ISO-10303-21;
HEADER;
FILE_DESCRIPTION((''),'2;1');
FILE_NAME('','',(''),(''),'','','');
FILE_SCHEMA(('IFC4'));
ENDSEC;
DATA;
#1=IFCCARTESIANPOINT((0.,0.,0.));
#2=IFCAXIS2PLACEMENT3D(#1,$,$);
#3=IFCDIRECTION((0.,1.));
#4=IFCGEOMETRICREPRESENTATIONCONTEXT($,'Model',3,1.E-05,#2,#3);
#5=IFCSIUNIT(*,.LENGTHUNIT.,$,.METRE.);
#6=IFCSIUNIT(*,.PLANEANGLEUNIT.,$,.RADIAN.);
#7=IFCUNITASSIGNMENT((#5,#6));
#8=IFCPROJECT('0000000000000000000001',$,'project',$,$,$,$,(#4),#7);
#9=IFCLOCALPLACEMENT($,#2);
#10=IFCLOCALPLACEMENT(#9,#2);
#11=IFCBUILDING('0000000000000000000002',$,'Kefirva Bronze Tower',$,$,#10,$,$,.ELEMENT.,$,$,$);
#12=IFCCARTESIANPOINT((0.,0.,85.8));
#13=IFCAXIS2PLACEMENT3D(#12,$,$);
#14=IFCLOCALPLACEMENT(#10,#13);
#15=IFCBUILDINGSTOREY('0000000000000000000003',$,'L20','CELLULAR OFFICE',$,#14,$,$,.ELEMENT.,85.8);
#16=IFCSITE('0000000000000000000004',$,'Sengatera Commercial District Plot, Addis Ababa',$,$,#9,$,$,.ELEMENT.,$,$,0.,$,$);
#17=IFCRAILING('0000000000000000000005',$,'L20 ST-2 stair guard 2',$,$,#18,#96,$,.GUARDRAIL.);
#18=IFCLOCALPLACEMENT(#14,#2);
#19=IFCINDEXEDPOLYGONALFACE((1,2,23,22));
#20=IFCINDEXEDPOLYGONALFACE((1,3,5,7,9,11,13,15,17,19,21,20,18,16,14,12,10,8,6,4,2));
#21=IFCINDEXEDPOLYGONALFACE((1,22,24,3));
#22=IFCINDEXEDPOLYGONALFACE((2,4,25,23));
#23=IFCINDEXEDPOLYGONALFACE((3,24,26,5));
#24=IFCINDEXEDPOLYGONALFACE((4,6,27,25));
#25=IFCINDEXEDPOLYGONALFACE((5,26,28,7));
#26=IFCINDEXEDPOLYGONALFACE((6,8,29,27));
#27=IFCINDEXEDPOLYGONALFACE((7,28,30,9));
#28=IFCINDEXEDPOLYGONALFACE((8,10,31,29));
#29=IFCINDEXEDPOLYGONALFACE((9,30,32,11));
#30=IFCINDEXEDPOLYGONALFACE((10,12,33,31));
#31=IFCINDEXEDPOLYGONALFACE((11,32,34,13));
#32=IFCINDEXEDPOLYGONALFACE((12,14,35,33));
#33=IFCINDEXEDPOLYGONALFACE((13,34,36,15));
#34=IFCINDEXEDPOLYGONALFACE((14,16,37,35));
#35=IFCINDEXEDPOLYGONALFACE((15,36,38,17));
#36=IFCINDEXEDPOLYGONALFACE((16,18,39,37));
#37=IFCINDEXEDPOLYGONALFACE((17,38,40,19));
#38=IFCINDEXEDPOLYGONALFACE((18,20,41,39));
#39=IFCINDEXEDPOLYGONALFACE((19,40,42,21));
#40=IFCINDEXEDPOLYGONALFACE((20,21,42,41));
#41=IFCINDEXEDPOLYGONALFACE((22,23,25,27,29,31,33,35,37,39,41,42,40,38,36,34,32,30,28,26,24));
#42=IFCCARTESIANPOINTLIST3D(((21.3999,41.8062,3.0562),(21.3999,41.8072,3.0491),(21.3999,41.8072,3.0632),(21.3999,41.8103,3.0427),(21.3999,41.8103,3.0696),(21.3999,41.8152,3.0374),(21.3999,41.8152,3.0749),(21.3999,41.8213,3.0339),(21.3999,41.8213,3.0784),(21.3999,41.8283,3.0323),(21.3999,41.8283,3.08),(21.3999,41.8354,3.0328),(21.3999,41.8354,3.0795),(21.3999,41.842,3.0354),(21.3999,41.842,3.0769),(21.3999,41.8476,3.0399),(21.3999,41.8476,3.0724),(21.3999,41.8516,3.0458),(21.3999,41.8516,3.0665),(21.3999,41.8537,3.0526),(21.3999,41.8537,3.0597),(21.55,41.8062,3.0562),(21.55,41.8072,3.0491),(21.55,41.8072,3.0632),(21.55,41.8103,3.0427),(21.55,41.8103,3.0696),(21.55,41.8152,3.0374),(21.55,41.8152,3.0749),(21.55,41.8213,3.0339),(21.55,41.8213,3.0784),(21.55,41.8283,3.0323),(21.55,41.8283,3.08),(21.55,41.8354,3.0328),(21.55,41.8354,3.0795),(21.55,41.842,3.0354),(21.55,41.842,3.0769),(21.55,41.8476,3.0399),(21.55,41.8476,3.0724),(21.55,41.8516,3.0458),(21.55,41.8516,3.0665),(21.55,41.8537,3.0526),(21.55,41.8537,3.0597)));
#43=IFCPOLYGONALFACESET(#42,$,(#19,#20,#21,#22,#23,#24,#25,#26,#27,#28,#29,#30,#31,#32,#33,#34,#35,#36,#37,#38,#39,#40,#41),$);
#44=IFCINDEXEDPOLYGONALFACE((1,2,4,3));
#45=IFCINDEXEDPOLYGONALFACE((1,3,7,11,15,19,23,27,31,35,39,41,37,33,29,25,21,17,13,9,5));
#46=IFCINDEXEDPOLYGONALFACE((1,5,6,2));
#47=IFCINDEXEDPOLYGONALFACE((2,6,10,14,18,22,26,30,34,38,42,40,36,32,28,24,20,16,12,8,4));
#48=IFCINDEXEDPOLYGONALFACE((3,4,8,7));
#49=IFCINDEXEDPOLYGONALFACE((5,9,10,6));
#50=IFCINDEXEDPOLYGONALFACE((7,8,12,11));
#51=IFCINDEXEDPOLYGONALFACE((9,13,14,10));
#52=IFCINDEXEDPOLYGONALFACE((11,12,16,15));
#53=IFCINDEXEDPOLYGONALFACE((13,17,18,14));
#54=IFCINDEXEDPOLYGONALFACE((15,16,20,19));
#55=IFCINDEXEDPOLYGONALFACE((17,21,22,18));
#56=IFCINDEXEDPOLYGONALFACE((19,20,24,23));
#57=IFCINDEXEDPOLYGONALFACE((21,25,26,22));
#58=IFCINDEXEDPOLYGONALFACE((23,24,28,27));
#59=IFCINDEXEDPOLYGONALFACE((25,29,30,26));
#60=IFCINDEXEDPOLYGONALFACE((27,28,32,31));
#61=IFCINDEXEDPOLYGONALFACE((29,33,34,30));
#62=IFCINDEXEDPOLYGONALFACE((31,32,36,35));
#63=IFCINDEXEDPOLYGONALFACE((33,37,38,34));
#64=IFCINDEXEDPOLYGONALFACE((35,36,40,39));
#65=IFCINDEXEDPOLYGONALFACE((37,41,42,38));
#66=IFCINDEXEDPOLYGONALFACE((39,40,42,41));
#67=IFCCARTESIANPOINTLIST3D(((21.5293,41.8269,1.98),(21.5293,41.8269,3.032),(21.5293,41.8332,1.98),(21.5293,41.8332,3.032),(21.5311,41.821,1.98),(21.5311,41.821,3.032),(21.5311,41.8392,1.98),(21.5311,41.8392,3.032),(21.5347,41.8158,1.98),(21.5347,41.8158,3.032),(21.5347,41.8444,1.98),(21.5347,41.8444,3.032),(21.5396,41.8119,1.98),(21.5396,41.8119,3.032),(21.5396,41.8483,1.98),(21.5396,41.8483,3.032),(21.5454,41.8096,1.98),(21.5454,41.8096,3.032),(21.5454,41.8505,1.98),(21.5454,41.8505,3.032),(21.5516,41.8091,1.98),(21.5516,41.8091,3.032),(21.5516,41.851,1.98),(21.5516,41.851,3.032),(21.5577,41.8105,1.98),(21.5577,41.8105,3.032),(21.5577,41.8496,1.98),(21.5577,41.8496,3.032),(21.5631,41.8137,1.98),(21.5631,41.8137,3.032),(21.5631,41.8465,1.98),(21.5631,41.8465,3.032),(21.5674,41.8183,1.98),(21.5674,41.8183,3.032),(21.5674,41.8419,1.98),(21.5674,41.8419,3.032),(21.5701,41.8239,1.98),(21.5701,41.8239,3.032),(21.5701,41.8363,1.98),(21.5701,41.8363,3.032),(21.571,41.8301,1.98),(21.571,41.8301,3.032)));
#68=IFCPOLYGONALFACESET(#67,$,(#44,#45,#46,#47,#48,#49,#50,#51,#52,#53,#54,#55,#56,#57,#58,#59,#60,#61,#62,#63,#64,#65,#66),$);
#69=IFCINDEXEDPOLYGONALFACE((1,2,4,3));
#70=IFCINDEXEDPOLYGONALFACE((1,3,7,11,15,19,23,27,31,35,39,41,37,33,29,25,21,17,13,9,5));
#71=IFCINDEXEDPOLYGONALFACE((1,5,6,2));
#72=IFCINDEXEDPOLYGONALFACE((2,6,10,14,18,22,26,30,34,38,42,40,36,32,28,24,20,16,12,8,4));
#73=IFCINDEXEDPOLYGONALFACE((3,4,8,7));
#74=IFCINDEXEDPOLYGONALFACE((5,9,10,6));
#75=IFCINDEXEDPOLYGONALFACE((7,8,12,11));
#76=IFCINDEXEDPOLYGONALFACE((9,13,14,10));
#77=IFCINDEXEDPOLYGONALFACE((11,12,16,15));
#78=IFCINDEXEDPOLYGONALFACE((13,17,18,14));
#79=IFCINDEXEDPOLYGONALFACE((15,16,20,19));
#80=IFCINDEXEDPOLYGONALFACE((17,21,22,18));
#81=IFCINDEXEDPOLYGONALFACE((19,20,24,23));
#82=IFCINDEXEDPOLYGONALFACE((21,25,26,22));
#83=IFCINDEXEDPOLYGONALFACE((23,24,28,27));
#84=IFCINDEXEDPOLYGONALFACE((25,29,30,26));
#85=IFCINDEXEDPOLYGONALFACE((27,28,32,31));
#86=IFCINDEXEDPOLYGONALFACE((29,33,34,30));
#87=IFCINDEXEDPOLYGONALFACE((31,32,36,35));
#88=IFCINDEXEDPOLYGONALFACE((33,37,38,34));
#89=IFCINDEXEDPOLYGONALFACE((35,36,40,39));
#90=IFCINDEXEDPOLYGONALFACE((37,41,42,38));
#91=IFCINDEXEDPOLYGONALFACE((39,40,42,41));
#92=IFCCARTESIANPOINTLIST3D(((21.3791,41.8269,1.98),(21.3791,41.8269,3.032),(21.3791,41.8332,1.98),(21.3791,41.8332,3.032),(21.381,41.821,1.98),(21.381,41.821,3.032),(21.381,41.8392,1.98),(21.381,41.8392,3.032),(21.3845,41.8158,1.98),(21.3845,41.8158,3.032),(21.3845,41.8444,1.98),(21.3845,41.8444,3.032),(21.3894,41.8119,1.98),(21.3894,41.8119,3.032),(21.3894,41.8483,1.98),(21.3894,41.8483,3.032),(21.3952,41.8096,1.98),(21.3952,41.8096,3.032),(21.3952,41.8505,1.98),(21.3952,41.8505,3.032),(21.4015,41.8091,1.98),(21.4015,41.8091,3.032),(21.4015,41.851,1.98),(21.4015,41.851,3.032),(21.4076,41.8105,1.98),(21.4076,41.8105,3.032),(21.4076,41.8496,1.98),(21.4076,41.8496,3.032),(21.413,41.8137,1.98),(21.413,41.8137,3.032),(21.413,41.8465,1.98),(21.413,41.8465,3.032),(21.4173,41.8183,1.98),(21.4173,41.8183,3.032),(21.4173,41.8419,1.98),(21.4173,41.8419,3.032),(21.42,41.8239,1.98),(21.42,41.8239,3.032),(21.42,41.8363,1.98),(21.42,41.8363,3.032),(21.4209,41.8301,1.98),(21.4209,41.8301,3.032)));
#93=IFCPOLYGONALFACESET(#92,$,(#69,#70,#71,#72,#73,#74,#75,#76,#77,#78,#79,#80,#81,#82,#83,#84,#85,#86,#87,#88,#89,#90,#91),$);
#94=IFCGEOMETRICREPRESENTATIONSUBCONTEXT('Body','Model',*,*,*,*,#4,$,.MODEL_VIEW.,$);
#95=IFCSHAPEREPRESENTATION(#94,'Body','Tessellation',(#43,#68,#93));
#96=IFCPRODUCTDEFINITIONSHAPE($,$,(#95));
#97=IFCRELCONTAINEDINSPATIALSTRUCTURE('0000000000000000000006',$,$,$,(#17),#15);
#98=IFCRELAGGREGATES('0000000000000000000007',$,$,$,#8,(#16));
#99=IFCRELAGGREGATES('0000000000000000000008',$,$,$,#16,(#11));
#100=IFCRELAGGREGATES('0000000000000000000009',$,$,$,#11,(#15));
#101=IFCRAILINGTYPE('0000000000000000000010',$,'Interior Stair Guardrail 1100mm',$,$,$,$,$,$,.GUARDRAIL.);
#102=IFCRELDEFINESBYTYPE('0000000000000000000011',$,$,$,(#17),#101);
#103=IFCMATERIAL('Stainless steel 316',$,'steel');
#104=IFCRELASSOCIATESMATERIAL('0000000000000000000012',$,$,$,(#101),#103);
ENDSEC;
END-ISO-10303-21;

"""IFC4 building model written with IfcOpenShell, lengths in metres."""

from ifc_helpers import new_model, si_unit, direction, frame, origin, origin_2d, place, context, subcontext, project, spatial, circle, extrude, material, type_object, element, save


model = new_model("IFC4")

# Units and contexts
model_context = context("Model", 3, precision=1e-05, world=origin(), true_north=direction((0.0, 1.0)))
body_context = subcontext(model_context, "Body", "Model", "MODEL_VIEW")
ifc_project = project(units=[si_unit("LENGTHUNIT", "METRE"), si_unit("PLANEANGLEUNIT", "RADIAN")], contexts=[model_context])

# Site, building, storey
site_placement = place(None, origin())
site = spatial("IfcSite", under=ifc_project, at=site_placement, Name="Sengatera Commercial District Plot, Addis Ababa", CompositionType="ELEMENT", RefElevation=0.0)
building_placement = place(site_placement, origin())
building = spatial("IfcBuilding", under=site, at=building_placement, Name="Kefirva Bronze Tower", CompositionType="ELEMENT")
storey_placement = place(building_placement, frame((0.0, 0.0, 85.8)))
storey = spatial("IfcBuildingStorey", under=building, at=storey_placement, Name="L20", Description="CELLULAR OFFICE", CompositionType="ELEMENT", Elevation=85.8)

# Railing
ifc_material_1 = material(Name="Stainless steel 316", Category="steel")
railing_type_1 = type_object("IfcRailingType", Name="Interior Stair Guardrail 1100mm", PredefinedType="GUARDRAIL", material=ifc_material_1)
railing_1_placement = place(storey_placement, frame((21.55, 41.8301, 1.98)))
element("IfcRailing", 1, at=railing_1_placement, inside=storey, type_object=railing_type_1, Name="L20 ST-2 stair guard 2", PredefinedType="GUARDRAIL", context=body_context, shape_type="SweptSolid", body=[
    extrude(circle(Radius=0.0239, at=origin_2d()), frame((0.0, 0.0, 1.0762), z_axis=(-1.0, 0.0, 0.0), x_axis=(0.0, -1.0, 0.0)), (0.0, 0.0, 1.0), 0.1501),
    extrude(circle(Radius=0.021, at=origin_2d()), origin(), (0.0, 0.0, 1.0), 1.052),
    extrude(circle(Radius=0.021, at=origin_2d()), frame((-0.1501, 0.0, 0.0)), (0.0, 0.0, 1.0), 1.052),
])

save(model, "model.ifc")
